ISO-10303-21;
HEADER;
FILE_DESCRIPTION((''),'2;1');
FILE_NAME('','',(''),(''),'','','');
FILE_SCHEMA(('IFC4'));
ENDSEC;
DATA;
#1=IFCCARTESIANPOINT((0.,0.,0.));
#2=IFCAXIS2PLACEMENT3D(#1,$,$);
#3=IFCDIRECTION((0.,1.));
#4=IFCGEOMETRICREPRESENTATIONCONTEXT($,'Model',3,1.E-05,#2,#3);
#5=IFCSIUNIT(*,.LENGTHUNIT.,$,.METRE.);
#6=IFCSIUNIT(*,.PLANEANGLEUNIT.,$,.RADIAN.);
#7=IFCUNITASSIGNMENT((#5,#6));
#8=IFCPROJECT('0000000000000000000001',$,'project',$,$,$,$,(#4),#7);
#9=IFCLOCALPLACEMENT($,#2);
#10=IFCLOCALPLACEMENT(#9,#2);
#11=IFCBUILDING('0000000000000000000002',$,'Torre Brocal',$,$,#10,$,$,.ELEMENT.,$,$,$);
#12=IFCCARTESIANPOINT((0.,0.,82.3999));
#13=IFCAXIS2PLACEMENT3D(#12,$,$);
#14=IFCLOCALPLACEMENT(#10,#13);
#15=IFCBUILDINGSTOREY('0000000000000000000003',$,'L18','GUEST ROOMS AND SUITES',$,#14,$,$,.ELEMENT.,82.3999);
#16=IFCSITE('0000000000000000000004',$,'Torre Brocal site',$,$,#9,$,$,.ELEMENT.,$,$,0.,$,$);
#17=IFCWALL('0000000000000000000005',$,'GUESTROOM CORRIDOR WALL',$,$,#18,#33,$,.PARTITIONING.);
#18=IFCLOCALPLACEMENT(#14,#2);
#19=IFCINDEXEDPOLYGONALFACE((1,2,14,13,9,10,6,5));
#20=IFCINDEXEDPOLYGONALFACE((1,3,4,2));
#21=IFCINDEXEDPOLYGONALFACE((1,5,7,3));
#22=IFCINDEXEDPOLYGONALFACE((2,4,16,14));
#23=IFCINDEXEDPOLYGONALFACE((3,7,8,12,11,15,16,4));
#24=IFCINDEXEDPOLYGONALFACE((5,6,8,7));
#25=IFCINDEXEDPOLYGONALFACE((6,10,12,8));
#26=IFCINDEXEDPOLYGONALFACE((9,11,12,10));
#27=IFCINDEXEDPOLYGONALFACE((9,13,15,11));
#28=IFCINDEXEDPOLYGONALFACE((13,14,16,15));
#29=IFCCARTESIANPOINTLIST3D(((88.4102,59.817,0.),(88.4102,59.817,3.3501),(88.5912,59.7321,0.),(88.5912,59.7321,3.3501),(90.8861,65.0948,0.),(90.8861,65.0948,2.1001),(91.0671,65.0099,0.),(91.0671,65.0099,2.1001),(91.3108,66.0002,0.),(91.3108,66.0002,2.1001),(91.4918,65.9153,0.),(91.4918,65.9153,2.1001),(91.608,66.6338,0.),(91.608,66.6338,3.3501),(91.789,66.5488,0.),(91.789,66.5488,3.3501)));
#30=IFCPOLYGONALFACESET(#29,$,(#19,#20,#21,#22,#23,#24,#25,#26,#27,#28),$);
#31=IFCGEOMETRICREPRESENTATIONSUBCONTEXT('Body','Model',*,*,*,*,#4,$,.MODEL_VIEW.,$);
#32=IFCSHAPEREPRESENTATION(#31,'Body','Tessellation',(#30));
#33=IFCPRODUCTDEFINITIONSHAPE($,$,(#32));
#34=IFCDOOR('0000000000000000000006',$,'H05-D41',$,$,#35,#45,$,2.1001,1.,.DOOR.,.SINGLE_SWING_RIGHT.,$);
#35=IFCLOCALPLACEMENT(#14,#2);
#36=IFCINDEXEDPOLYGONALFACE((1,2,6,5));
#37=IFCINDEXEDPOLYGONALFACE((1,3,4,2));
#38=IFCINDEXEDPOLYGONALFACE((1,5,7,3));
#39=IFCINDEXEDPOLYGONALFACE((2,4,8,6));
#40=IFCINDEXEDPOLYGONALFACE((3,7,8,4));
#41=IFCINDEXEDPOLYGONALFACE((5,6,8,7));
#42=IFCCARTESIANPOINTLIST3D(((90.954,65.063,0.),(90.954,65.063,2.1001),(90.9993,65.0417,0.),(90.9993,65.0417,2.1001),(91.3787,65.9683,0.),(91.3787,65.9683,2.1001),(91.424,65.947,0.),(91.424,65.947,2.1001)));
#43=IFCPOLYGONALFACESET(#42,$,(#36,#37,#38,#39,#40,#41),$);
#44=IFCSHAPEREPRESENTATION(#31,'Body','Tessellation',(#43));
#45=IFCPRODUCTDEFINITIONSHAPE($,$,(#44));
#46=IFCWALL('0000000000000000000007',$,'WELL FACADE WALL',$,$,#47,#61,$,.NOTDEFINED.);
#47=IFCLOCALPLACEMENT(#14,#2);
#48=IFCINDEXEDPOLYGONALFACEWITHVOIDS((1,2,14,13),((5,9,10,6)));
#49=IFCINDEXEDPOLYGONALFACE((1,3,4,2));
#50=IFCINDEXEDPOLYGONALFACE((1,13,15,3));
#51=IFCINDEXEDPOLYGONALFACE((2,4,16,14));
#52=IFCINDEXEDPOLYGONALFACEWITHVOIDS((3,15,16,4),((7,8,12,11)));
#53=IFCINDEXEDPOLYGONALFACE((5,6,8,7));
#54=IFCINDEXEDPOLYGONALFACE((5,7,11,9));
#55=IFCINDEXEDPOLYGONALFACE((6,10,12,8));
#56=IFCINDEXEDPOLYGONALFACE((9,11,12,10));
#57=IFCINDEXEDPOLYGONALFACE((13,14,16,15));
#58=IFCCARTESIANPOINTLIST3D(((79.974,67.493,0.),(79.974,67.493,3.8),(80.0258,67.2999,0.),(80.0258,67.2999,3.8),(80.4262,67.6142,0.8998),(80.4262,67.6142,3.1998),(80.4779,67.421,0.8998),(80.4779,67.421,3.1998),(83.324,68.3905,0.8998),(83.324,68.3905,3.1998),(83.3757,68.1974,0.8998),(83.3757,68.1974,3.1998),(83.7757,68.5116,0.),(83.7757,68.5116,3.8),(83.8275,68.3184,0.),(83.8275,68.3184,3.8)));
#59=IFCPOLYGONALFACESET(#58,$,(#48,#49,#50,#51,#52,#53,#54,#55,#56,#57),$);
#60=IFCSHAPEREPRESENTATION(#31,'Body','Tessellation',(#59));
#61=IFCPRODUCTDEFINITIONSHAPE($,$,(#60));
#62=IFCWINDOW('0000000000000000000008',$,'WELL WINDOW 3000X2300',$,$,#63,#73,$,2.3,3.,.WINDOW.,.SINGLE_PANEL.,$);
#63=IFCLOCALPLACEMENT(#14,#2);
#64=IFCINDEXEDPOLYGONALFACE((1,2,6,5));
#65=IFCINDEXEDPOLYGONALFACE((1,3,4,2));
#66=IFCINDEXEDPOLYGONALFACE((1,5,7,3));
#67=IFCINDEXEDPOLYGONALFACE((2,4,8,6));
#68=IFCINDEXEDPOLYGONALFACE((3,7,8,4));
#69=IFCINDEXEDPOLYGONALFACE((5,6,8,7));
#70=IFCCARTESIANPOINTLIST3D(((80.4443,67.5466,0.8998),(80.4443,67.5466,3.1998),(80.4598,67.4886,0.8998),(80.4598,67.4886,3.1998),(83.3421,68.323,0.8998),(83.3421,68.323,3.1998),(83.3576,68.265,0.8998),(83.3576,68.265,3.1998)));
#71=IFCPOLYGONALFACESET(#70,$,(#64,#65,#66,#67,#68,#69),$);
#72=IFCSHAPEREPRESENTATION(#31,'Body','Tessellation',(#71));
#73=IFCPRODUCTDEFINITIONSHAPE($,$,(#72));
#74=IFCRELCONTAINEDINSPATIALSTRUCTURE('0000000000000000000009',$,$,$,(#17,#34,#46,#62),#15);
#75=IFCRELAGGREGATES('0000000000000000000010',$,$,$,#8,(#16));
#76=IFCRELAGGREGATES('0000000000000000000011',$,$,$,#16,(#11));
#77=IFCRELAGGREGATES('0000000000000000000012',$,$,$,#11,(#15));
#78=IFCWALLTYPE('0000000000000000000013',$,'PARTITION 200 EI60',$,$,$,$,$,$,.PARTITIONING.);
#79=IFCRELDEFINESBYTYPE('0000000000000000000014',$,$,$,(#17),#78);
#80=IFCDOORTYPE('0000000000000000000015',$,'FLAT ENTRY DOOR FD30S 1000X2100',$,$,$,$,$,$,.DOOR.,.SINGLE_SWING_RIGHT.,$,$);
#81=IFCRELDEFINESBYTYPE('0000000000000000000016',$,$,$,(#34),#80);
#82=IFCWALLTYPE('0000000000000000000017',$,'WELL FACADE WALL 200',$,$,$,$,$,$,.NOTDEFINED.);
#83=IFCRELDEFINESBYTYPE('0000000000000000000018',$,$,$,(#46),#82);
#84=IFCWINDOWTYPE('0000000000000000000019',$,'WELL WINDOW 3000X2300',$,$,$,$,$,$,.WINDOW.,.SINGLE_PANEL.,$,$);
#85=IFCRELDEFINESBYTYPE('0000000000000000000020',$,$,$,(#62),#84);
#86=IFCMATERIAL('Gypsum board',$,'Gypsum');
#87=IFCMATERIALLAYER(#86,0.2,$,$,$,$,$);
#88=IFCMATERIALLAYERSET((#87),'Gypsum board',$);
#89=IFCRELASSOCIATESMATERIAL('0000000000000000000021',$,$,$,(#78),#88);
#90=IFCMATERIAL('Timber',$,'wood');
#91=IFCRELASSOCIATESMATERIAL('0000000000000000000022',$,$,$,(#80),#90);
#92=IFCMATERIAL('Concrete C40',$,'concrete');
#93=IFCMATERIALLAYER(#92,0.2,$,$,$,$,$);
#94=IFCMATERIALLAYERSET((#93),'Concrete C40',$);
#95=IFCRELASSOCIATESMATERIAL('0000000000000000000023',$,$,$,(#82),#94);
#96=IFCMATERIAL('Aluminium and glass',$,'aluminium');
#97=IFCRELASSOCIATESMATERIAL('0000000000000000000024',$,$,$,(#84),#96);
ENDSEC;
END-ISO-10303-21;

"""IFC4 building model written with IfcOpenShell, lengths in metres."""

from ifc_helpers import new_model, si_unit, direction, frame, frame_2d, origin, place, context, subcontext, project, spatial, rectangle, extrude, material, layer, layer_set, type_object, element, fill, save


model = new_model("IFC4")

# Units and contexts
model_context = context("Model", 3, precision=1e-05, world=origin(), true_north=direction((0.0, 1.0)))
body_context = subcontext(model_context, "Body", "Model", "MODEL_VIEW")
ifc_project = project(units=[si_unit("LENGTHUNIT", "METRE"), si_unit("PLANEANGLEUNIT", "RADIAN")], contexts=[model_context])

# Site, building, storey
site_placement = place(None, origin())
site = spatial("IfcSite", under=ifc_project, at=site_placement, Name="Torre Brocal site", CompositionType="ELEMENT", RefElevation=0.0)
building_placement = place(site_placement, origin())
building = spatial("IfcBuilding", under=site, at=building_placement, Name="Torre Brocal", CompositionType="ELEMENT")
storey_placement = place(building_placement, frame((0.0, 0.0, 82.3999)))
storey = spatial("IfcBuildingStorey", under=building, at=storey_placement, Name="L18", Description="GUEST ROOMS AND SUITES", CompositionType="ELEMENT", Elevation=82.3999)

# Wall, opening, door
ifc_material_1 = material(Name="Gypsum board", Category="Gypsum")
ifc_layer_1 = layer(ifc_material_1, 0.2)
ifc_layer_set_1 = layer_set([ifc_layer_1], Name="Gypsum board")
wall_type_1 = type_object("IfcWallType", Name="PARTITION 200 EI60", PredefinedType="PARTITIONING", material=ifc_layer_set_1)
wall_1_placement = place(storey_placement, frame((88.5007, 59.7747, 0.0), z_axis=(0.0, 0.0, 1.0), x_axis=(0.424701, 0.905334, 0.0)))
wall_1 = element("IfcWall", 1, at=wall_1_placement, inside=storey, type_object=wall_type_1, Name="GUESTROOM CORRIDOR WALL", PredefinedType="PARTITIONING", context=body_context, shape_type="SweptSolid", body=[
    extrude(rectangle(XDim=7.5295, YDim=0.2, at=frame_2d((3.7646, 0.0))), origin(), (0.0, 0.0, 1.0), 3.3501),
])
opening_1_placement = place(wall_1_placement, frame((5.8296, 0.0, 0.0)))
opening_1 = element("IfcOpeningElement", 2, at=opening_1_placement, cuts=wall_1, PredefinedType="OPENING", context=body_context, shape_type="SweptSolid", body=[
    extrude(rectangle(XDim=1.0, YDim=2.1001, at=frame_2d((0.5, 1.05))), frame((0.0, 0.1099, 0.0), z_axis=(0.0, -1.0, 0.0), x_axis=(1.0, 0.0, 0.0)), (0.0, 0.0, 1.0), 0.22),
])
ifc_material_2 = material(Name="Timber", Category="wood")
door_type_1 = type_object("IfcDoorType", Name="FLAT ENTRY DOOR FD30S 1000X2100", OperationType="SINGLE_SWING_RIGHT", PredefinedType="DOOR", material=ifc_material_2)
door_1_placement = place(opening_1_placement, origin())
door_1 = element("IfcDoor", 3, at=door_1_placement, inside=storey, type_object=door_type_1, Name="H05-D41", OperationType="SINGLE_SWING_RIGHT", OverallHeight=2.1001, OverallWidth=1.0, PredefinedType="DOOR", context=body_context, shape_type="SweptSolid", body=[
    extrude(rectangle(XDim=1.0, YDim=2.1001, at=frame_2d((0.5, 1.05))), frame((0.0, 0.0249, 0.0), z_axis=(0.0, -1.0, 0.0), x_axis=(1.0, 0.0, 0.0)), (0.0, 0.0, 1.0), 0.05),
])
fill(opening_1, door_1)

# Wall, opening, window
ifc_material_3 = material(Name="Concrete C40", Category="concrete")
ifc_layer_2 = layer(ifc_material_3, 0.2)
ifc_layer_set_2 = layer_set([ifc_layer_2], Name="Concrete C40")
wall_type_2 = type_object("IfcWallType", Name="WELL FACADE WALL 200", PredefinedType="NOTDEFINED", material=ifc_layer_set_2)
wall_2_placement = place(storey_placement, frame((80.0, 67.3965, 0.0), z_axis=(0.0, 0.0, 1.0), x_axis=(0.965934, 0.25879, 0.0)))
wall_2 = element("IfcWall", 4, at=wall_2_placement, inside=storey, type_object=wall_type_2, Name="WELL FACADE WALL", PredefinedType="NOTDEFINED", context=body_context, shape_type="SweptSolid", body=[
    extrude(rectangle(XDim=3.9358, YDim=0.2, at=frame_2d((1.9678, 0.0))), origin(), (0.0, 0.0, 1.0), 3.8),
])
opening_2_placement = place(wall_2_placement, frame((0.468, 0.0, 0.8999)))
opening_2 = element("IfcOpeningElement", 5, at=opening_2_placement, cuts=wall_2, PredefinedType="OPENING", context=body_context, shape_type="SweptSolid", body=[
    extrude(rectangle(XDim=3.0, YDim=2.3, at=frame_2d((1.5, 1.1499))), frame((0.0, 0.1099, 0.0), z_axis=(0.0, -1.0, 0.0), x_axis=(1.0, 0.0, 0.0)), (0.0, 0.0, 1.0), 0.22),
])
ifc_material_4 = material(Name="Aluminium and glass", Category="aluminium")
window_type = type_object("IfcWindowType", Name="WELL WINDOW 3000X2300", PartitioningType="SINGLE_PANEL", PredefinedType="WINDOW", material=ifc_material_4)
window_placement = place(opening_2_placement, origin())
window = element("IfcWindow", 6, at=window_placement, inside=storey, type_object=window_type, Name="WELL WINDOW 3000X2300", OverallHeight=2.3, OverallWidth=3.0, PartitioningType="SINGLE_PANEL", PredefinedType="WINDOW", context=body_context, shape_type="SweptSolid", body=[
    extrude(rectangle(XDim=3.0, YDim=2.3, at=frame_2d((1.5, 1.1499))), frame((0.0, 0.03, 0.0), z_axis=(0.0, -1.0, 0.0), x_axis=(1.0, 0.0, 0.0)), (0.0, 0.0, 1.0), 0.0601),
])
fill(opening_2, window)

save(model, "model.ifc")
